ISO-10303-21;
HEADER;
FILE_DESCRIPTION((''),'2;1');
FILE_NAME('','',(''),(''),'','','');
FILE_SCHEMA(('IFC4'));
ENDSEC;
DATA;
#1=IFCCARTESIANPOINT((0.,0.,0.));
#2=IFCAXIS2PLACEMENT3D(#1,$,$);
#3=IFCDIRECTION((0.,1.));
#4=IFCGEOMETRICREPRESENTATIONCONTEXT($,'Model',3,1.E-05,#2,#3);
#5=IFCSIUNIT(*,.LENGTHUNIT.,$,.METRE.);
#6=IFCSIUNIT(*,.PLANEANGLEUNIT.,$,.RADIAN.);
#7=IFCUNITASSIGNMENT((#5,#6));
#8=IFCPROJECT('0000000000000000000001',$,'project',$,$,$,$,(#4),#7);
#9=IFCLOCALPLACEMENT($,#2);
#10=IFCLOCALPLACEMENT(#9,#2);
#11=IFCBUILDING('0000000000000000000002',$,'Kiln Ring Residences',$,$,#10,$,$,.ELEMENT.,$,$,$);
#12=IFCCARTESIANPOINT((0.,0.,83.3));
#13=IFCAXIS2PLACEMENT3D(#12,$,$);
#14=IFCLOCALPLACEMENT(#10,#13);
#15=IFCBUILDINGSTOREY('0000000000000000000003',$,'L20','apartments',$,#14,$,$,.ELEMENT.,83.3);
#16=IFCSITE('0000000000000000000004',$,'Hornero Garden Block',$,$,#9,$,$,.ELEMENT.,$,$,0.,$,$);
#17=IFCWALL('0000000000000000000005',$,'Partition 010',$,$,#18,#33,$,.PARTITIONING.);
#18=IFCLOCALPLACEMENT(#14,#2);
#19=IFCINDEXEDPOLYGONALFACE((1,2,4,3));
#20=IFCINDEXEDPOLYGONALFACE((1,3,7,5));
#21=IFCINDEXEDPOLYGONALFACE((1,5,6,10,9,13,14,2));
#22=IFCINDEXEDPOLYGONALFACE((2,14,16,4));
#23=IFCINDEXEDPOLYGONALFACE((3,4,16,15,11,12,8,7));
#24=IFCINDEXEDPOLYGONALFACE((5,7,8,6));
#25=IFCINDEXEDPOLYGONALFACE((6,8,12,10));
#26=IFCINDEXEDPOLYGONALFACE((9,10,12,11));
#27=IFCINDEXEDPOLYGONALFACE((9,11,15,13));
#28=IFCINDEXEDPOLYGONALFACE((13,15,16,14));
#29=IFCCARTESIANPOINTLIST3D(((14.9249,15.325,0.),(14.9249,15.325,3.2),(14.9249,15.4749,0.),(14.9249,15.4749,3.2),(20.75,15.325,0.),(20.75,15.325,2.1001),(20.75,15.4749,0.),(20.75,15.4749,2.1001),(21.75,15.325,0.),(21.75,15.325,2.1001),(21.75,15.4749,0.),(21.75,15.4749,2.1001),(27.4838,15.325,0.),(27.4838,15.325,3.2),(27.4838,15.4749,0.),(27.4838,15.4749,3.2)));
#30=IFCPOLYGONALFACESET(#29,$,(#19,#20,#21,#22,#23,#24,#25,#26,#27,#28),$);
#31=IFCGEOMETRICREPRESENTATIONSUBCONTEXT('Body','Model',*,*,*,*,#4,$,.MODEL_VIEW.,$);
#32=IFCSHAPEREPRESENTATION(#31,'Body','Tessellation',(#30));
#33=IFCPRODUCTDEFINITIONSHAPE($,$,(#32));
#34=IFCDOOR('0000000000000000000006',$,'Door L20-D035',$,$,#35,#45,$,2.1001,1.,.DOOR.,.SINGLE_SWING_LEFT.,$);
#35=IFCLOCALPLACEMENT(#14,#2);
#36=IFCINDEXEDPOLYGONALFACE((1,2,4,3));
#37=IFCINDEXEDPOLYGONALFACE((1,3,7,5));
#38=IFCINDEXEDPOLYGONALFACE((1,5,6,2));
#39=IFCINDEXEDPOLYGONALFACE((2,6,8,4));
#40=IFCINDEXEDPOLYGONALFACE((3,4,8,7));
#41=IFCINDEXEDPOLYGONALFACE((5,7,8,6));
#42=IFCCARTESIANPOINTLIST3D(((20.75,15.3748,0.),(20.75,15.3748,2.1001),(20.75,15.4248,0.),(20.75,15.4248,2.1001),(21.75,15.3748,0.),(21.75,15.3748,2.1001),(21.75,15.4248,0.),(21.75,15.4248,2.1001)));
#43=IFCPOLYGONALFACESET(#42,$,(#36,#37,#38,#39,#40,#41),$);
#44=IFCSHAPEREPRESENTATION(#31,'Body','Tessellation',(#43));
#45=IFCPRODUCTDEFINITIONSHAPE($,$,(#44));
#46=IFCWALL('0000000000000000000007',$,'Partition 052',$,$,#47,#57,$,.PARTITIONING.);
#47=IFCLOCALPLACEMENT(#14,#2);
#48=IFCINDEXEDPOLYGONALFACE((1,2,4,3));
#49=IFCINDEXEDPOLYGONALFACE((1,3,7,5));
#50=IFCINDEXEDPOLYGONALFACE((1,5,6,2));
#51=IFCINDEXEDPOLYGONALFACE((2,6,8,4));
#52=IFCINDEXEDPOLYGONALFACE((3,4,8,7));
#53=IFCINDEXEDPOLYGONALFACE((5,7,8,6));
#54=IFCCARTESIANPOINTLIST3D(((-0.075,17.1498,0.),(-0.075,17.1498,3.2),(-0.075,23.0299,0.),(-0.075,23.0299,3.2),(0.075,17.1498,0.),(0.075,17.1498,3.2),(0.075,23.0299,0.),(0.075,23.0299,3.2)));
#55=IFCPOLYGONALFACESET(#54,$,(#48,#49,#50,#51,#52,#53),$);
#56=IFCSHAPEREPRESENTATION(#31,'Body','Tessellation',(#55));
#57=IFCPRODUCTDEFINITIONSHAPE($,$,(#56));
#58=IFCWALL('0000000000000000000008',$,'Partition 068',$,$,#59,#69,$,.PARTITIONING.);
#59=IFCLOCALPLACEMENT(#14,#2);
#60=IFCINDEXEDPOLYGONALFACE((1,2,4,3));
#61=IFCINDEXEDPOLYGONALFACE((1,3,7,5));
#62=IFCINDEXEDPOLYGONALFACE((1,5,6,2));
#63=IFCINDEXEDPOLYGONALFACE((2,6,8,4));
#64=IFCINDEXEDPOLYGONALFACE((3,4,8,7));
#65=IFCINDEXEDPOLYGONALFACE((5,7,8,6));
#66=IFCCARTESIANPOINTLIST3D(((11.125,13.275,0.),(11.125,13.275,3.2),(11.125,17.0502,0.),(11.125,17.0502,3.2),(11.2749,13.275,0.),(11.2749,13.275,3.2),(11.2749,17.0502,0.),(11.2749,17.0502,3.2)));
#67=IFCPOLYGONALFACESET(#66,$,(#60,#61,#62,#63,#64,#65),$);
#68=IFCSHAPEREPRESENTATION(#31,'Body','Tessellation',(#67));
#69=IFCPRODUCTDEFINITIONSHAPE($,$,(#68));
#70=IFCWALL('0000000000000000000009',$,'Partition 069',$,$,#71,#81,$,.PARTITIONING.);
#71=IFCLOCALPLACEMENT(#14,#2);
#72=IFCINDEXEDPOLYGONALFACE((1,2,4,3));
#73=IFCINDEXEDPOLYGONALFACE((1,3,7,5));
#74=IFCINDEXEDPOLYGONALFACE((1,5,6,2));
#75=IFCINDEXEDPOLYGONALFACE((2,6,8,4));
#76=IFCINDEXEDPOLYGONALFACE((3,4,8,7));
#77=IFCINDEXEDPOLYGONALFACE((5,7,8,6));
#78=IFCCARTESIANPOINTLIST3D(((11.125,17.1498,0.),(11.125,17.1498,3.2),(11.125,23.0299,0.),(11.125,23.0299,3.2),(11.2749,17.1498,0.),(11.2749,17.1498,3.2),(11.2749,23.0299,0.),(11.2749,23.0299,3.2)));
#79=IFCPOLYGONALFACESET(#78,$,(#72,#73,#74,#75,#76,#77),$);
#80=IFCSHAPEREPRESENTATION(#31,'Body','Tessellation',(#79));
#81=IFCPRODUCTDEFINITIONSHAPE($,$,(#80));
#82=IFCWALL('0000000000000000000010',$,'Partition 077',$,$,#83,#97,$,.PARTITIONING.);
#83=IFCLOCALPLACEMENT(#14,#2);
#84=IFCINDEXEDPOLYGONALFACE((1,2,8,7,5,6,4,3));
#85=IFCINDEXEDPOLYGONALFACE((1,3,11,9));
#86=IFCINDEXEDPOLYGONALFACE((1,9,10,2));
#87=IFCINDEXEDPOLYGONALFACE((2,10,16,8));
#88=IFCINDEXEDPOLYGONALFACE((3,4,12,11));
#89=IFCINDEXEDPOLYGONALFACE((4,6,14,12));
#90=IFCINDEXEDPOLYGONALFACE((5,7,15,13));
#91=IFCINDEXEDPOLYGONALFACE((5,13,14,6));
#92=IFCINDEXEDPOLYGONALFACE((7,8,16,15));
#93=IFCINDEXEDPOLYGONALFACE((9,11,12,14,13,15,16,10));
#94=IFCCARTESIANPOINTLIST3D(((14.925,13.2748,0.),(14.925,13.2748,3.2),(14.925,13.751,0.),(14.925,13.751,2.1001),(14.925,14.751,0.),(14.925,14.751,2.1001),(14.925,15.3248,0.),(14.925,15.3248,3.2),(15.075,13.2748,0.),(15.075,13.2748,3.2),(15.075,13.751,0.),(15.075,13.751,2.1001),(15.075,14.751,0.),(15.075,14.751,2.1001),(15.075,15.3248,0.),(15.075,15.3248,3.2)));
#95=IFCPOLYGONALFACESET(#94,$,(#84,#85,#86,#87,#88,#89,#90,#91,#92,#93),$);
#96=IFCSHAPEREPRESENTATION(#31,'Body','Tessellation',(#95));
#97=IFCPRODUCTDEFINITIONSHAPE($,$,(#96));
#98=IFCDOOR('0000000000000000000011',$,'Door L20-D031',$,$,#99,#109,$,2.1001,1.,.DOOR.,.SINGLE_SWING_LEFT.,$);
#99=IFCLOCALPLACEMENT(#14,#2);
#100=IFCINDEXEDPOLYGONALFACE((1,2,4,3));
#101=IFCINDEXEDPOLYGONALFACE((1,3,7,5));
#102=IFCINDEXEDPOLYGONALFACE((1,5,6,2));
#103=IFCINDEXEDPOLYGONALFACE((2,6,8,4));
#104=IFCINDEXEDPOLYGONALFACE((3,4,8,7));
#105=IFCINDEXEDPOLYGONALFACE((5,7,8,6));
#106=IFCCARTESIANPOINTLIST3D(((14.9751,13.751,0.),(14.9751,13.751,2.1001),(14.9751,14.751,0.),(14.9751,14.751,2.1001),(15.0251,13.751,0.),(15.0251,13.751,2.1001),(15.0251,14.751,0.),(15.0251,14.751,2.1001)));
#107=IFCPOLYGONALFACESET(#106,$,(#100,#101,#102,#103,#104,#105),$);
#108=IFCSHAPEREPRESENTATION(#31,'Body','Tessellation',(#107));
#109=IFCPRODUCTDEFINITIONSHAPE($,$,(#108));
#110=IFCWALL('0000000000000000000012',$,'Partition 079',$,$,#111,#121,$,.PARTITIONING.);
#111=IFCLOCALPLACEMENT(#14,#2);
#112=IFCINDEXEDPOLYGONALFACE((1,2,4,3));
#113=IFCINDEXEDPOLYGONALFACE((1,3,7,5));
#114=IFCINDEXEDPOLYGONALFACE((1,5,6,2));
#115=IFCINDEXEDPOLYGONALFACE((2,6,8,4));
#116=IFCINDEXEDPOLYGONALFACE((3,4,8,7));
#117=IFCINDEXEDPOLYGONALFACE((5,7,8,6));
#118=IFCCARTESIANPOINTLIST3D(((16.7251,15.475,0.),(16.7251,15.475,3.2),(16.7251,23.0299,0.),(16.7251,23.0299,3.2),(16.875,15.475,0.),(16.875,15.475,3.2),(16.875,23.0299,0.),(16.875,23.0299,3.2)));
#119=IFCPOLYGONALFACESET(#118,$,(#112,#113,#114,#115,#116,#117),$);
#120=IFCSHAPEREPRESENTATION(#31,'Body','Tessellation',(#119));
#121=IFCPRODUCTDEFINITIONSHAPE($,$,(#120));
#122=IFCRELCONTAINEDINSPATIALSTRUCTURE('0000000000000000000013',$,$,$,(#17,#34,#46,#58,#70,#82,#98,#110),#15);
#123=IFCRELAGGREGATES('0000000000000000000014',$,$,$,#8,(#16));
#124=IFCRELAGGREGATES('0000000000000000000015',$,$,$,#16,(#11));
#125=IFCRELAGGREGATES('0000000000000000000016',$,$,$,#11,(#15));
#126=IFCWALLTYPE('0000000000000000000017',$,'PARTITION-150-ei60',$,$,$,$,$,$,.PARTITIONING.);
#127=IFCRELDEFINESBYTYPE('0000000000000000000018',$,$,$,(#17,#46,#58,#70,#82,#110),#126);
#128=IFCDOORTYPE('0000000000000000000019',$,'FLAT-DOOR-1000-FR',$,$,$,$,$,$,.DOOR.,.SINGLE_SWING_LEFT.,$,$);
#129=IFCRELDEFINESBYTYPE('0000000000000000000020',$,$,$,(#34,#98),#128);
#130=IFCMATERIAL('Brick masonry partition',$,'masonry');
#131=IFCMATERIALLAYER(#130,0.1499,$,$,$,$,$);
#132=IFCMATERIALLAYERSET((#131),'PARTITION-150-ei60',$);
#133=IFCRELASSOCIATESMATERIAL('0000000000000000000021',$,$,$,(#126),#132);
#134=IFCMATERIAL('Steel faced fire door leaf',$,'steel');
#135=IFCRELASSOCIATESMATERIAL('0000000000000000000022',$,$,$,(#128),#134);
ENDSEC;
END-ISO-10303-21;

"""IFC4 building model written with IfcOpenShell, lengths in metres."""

from ifc_helpers import new_model, si_unit, direction, frame, frame_2d, origin, place, context, subcontext, project, spatial, rectangle, extrude, material, layer, layer_set, type_object, element, fill, save


model = new_model("IFC4")

# Units and contexts
model_context = context("Model", 3, precision=1e-05, world=origin(), true_north=direction((0.0, 1.0)))
body_context = subcontext(model_context, "Body", "Model", "MODEL_VIEW")
ifc_project = project(units=[si_unit("LENGTHUNIT", "METRE"), si_unit("PLANEANGLEUNIT", "RADIAN")], contexts=[model_context])

# Site, building, storey
site_placement = place(None, origin())
site = spatial("IfcSite", under=ifc_project, at=site_placement, Name="Hornero Garden Block", CompositionType="ELEMENT", RefElevation=0.0)
building_placement = place(site_placement, origin())
building = spatial("IfcBuilding", under=site, at=building_placement, Name="Kiln Ring Residences", CompositionType="ELEMENT")
storey_placement = place(building_placement, frame((0.0, 0.0, 83.3)))
storey = spatial("IfcBuildingStorey", under=building, at=storey_placement, Name="L20", Description="apartments", CompositionType="ELEMENT", Elevation=83.3)

# Wall, opening, door
ifc_material_1 = material(Name="Brick masonry partition", Category="masonry")
ifc_layer_1 = layer(ifc_material_1, 0.1499)
ifc_layer_set_1 = layer_set([ifc_layer_1], Name="PARTITION-150-ei60")
wall_type_1 = type_object("IfcWallType", Name="PARTITION-150-ei60", PredefinedType="PARTITIONING", material=ifc_layer_set_1)
wall_1_placement = place(storey_placement, frame((14.925, 15.3999, 0.0), z_axis=(0.0, 0.0, 1.0), x_axis=(1.0, 0.0, 0.0)))
wall_1 = element("IfcWall", 1, at=wall_1_placement, inside=storey, type_object=wall_type_1, Name="Partition 010", PredefinedType="PARTITIONING", context=body_context, shape_type="SweptSolid", body=[
    extrude(rectangle(XDim=12.5588, YDim=0.1499, at=frame_2d((6.2793, 0.0))), origin(), (0.0, 0.0, 1.0), 3.2),
])
opening_1_placement = place(wall_1_placement, frame((5.825, 0.0, 0.0)))
opening_1 = element("IfcOpeningElement", 2, at=opening_1_placement, cuts=wall_1, PredefinedType="OPENING", context=body_context, shape_type="SweptSolid", body=[
    extrude(rectangle(XDim=1.0, YDim=2.1001, at=frame_2d((0.5, 1.05))), frame((0.0, 0.085, 0.0), z_axis=(0.0, -1.0, 0.0), x_axis=(1.0, 0.0, 0.0)), (0.0, 0.0, 1.0), 0.1699),
])
ifc_material_2 = material(Name="Steel faced fire door leaf", Category="steel")
door_type_1 = type_object("IfcDoorType", Name="FLAT-DOOR-1000-FR", OperationType="SINGLE_SWING_LEFT", PredefinedType="DOOR", material=ifc_material_2)
door_1_placement = place(opening_1_placement, origin())
door_1 = element("IfcDoor", 3, at=door_1_placement, inside=storey, type_object=door_type_1, Name="Door L20-D035", OperationType="SINGLE_SWING_LEFT", OverallHeight=2.1001, OverallWidth=1.0, PredefinedType="DOOR", context=body_context, shape_type="SweptSolid", body=[
    extrude(rectangle(XDim=1.0, YDim=2.1001, at=frame_2d((0.5, 1.05))), frame((0.0, 0.0249, 0.0), z_axis=(0.0, -1.0, 0.0), x_axis=(1.0, 0.0, 0.0)), (0.0, 0.0, 1.0), 0.05),
])
fill(opening_1, door_1)

# Walls
wall_2_placement = place(storey_placement, frame((0.0, 17.1499, 0.0), z_axis=(0.0, 0.0, 1.0), x_axis=(0.0, 1.0, 0.0)))
element("IfcWall", 4, at=wall_2_placement, inside=storey, type_object=wall_type_1, Name="Partition 052", PredefinedType="PARTITIONING", context=body_context, shape_type="SweptSolid", body=[
    extrude(rectangle(XDim=5.8801, YDim=0.1499, at=frame_2d((2.9399, 0.0))), origin(), (0.0, 0.0, 1.0), 3.2),
])
wall_3_placement = place(storey_placement, frame((11.2, 13.2749, 0.0), z_axis=(0.0, 0.0, 1.0), x_axis=(0.0, 1.0, 0.0)))
element("IfcWall", 5, at=wall_3_placement, inside=storey, type_object=wall_type_1, Name="Partition 068", PredefinedType="PARTITIONING", context=body_context, shape_type="SweptSolid", body=[
    extrude(rectangle(XDim=3.7751, YDim=0.1499, at=frame_2d((1.8877, 0.0))), origin(), (0.0, 0.0, 1.0), 3.2),
])
wall_4_placement = place(storey_placement, frame((11.2, 17.1499, 0.0), z_axis=(0.0, 0.0, 1.0), x_axis=(0.0, 1.0, 0.0)))
element("IfcWall", 6, at=wall_4_placement, inside=storey, type_object=wall_type_1, Name="Partition 069", PredefinedType="PARTITIONING", context=body_context, shape_type="SweptSolid", body=[
    extrude(rectangle(XDim=5.8801, YDim=0.1499, at=frame_2d((2.9399, 0.0))), origin(), (0.0, 0.0, 1.0), 3.2),
])

# Wall, opening, door
wall_5_placement = place(storey_placement, frame((15.0, 13.2749, 0.0), z_axis=(0.0, 0.0, 1.0), x_axis=(0.0, 1.0, 0.0)))
wall_5 = element("IfcWall", 7, at=wall_5_placement, inside=storey, type_object=wall_type_1, Name="Partition 077", PredefinedType="PARTITIONING", context=body_context, shape_type="SweptSolid", body=[
    extrude(rectangle(XDim=2.05, YDim=0.1499, at=frame_2d((1.0249, 0.0))), origin(), (0.0, 0.0, 1.0), 3.2),
])
opening_2_placement = place(wall_5_placement, frame((0.4761, 0.0, 0.0)))
opening_2 = element("IfcOpeningElement", 8, at=opening_2_placement, cuts=wall_5, PredefinedType="OPENING", context=body_context, shape_type="SweptSolid", body=[
    extrude(rectangle(XDim=1.0, YDim=2.1001, at=frame_2d((0.5, 1.05))), frame((0.0, 0.085, 0.0), z_axis=(0.0, -1.0, 0.0), x_axis=(1.0, 0.0, 0.0)), (0.0, 0.0, 1.0), 0.1699),
])
door_2_placement = place(opening_2_placement, origin())
door_2 = element("IfcDoor", 9, at=door_2_placement, inside=storey, type_object=door_type_1, Name="Door L20-D031", OperationType="SINGLE_SWING_LEFT", OverallHeight=2.1001, OverallWidth=1.0, PredefinedType="DOOR", context=body_context, shape_type="SweptSolid", body=[
    extrude(rectangle(XDim=1.0, YDim=2.1001, at=frame_2d((0.5, 1.05))), frame((0.0, 0.0249, 0.0), z_axis=(0.0, -1.0, 0.0), x_axis=(1.0, 0.0, 0.0)), (0.0, 0.0, 1.0), 0.05),
])
fill(opening_2, door_2)

# Wall
wall_6_placement = place(storey_placement, frame((16.8, 15.4751, 0.0), z_axis=(0.0, 0.0, 1.0), x_axis=(0.0, 1.0, 0.0)))
element("IfcWall", 10, at=wall_6_placement, inside=storey, type_object=wall_type_1, Name="Partition 079", PredefinedType="PARTITIONING", context=body_context, shape_type="SweptSolid", body=[
    extrude(rectangle(XDim=7.5549, YDim=0.1499, at=frame_2d((3.7773, 0.0))), origin(), (0.0, 0.0, 1.0), 3.2),
])

save(model, "model.ifc")
